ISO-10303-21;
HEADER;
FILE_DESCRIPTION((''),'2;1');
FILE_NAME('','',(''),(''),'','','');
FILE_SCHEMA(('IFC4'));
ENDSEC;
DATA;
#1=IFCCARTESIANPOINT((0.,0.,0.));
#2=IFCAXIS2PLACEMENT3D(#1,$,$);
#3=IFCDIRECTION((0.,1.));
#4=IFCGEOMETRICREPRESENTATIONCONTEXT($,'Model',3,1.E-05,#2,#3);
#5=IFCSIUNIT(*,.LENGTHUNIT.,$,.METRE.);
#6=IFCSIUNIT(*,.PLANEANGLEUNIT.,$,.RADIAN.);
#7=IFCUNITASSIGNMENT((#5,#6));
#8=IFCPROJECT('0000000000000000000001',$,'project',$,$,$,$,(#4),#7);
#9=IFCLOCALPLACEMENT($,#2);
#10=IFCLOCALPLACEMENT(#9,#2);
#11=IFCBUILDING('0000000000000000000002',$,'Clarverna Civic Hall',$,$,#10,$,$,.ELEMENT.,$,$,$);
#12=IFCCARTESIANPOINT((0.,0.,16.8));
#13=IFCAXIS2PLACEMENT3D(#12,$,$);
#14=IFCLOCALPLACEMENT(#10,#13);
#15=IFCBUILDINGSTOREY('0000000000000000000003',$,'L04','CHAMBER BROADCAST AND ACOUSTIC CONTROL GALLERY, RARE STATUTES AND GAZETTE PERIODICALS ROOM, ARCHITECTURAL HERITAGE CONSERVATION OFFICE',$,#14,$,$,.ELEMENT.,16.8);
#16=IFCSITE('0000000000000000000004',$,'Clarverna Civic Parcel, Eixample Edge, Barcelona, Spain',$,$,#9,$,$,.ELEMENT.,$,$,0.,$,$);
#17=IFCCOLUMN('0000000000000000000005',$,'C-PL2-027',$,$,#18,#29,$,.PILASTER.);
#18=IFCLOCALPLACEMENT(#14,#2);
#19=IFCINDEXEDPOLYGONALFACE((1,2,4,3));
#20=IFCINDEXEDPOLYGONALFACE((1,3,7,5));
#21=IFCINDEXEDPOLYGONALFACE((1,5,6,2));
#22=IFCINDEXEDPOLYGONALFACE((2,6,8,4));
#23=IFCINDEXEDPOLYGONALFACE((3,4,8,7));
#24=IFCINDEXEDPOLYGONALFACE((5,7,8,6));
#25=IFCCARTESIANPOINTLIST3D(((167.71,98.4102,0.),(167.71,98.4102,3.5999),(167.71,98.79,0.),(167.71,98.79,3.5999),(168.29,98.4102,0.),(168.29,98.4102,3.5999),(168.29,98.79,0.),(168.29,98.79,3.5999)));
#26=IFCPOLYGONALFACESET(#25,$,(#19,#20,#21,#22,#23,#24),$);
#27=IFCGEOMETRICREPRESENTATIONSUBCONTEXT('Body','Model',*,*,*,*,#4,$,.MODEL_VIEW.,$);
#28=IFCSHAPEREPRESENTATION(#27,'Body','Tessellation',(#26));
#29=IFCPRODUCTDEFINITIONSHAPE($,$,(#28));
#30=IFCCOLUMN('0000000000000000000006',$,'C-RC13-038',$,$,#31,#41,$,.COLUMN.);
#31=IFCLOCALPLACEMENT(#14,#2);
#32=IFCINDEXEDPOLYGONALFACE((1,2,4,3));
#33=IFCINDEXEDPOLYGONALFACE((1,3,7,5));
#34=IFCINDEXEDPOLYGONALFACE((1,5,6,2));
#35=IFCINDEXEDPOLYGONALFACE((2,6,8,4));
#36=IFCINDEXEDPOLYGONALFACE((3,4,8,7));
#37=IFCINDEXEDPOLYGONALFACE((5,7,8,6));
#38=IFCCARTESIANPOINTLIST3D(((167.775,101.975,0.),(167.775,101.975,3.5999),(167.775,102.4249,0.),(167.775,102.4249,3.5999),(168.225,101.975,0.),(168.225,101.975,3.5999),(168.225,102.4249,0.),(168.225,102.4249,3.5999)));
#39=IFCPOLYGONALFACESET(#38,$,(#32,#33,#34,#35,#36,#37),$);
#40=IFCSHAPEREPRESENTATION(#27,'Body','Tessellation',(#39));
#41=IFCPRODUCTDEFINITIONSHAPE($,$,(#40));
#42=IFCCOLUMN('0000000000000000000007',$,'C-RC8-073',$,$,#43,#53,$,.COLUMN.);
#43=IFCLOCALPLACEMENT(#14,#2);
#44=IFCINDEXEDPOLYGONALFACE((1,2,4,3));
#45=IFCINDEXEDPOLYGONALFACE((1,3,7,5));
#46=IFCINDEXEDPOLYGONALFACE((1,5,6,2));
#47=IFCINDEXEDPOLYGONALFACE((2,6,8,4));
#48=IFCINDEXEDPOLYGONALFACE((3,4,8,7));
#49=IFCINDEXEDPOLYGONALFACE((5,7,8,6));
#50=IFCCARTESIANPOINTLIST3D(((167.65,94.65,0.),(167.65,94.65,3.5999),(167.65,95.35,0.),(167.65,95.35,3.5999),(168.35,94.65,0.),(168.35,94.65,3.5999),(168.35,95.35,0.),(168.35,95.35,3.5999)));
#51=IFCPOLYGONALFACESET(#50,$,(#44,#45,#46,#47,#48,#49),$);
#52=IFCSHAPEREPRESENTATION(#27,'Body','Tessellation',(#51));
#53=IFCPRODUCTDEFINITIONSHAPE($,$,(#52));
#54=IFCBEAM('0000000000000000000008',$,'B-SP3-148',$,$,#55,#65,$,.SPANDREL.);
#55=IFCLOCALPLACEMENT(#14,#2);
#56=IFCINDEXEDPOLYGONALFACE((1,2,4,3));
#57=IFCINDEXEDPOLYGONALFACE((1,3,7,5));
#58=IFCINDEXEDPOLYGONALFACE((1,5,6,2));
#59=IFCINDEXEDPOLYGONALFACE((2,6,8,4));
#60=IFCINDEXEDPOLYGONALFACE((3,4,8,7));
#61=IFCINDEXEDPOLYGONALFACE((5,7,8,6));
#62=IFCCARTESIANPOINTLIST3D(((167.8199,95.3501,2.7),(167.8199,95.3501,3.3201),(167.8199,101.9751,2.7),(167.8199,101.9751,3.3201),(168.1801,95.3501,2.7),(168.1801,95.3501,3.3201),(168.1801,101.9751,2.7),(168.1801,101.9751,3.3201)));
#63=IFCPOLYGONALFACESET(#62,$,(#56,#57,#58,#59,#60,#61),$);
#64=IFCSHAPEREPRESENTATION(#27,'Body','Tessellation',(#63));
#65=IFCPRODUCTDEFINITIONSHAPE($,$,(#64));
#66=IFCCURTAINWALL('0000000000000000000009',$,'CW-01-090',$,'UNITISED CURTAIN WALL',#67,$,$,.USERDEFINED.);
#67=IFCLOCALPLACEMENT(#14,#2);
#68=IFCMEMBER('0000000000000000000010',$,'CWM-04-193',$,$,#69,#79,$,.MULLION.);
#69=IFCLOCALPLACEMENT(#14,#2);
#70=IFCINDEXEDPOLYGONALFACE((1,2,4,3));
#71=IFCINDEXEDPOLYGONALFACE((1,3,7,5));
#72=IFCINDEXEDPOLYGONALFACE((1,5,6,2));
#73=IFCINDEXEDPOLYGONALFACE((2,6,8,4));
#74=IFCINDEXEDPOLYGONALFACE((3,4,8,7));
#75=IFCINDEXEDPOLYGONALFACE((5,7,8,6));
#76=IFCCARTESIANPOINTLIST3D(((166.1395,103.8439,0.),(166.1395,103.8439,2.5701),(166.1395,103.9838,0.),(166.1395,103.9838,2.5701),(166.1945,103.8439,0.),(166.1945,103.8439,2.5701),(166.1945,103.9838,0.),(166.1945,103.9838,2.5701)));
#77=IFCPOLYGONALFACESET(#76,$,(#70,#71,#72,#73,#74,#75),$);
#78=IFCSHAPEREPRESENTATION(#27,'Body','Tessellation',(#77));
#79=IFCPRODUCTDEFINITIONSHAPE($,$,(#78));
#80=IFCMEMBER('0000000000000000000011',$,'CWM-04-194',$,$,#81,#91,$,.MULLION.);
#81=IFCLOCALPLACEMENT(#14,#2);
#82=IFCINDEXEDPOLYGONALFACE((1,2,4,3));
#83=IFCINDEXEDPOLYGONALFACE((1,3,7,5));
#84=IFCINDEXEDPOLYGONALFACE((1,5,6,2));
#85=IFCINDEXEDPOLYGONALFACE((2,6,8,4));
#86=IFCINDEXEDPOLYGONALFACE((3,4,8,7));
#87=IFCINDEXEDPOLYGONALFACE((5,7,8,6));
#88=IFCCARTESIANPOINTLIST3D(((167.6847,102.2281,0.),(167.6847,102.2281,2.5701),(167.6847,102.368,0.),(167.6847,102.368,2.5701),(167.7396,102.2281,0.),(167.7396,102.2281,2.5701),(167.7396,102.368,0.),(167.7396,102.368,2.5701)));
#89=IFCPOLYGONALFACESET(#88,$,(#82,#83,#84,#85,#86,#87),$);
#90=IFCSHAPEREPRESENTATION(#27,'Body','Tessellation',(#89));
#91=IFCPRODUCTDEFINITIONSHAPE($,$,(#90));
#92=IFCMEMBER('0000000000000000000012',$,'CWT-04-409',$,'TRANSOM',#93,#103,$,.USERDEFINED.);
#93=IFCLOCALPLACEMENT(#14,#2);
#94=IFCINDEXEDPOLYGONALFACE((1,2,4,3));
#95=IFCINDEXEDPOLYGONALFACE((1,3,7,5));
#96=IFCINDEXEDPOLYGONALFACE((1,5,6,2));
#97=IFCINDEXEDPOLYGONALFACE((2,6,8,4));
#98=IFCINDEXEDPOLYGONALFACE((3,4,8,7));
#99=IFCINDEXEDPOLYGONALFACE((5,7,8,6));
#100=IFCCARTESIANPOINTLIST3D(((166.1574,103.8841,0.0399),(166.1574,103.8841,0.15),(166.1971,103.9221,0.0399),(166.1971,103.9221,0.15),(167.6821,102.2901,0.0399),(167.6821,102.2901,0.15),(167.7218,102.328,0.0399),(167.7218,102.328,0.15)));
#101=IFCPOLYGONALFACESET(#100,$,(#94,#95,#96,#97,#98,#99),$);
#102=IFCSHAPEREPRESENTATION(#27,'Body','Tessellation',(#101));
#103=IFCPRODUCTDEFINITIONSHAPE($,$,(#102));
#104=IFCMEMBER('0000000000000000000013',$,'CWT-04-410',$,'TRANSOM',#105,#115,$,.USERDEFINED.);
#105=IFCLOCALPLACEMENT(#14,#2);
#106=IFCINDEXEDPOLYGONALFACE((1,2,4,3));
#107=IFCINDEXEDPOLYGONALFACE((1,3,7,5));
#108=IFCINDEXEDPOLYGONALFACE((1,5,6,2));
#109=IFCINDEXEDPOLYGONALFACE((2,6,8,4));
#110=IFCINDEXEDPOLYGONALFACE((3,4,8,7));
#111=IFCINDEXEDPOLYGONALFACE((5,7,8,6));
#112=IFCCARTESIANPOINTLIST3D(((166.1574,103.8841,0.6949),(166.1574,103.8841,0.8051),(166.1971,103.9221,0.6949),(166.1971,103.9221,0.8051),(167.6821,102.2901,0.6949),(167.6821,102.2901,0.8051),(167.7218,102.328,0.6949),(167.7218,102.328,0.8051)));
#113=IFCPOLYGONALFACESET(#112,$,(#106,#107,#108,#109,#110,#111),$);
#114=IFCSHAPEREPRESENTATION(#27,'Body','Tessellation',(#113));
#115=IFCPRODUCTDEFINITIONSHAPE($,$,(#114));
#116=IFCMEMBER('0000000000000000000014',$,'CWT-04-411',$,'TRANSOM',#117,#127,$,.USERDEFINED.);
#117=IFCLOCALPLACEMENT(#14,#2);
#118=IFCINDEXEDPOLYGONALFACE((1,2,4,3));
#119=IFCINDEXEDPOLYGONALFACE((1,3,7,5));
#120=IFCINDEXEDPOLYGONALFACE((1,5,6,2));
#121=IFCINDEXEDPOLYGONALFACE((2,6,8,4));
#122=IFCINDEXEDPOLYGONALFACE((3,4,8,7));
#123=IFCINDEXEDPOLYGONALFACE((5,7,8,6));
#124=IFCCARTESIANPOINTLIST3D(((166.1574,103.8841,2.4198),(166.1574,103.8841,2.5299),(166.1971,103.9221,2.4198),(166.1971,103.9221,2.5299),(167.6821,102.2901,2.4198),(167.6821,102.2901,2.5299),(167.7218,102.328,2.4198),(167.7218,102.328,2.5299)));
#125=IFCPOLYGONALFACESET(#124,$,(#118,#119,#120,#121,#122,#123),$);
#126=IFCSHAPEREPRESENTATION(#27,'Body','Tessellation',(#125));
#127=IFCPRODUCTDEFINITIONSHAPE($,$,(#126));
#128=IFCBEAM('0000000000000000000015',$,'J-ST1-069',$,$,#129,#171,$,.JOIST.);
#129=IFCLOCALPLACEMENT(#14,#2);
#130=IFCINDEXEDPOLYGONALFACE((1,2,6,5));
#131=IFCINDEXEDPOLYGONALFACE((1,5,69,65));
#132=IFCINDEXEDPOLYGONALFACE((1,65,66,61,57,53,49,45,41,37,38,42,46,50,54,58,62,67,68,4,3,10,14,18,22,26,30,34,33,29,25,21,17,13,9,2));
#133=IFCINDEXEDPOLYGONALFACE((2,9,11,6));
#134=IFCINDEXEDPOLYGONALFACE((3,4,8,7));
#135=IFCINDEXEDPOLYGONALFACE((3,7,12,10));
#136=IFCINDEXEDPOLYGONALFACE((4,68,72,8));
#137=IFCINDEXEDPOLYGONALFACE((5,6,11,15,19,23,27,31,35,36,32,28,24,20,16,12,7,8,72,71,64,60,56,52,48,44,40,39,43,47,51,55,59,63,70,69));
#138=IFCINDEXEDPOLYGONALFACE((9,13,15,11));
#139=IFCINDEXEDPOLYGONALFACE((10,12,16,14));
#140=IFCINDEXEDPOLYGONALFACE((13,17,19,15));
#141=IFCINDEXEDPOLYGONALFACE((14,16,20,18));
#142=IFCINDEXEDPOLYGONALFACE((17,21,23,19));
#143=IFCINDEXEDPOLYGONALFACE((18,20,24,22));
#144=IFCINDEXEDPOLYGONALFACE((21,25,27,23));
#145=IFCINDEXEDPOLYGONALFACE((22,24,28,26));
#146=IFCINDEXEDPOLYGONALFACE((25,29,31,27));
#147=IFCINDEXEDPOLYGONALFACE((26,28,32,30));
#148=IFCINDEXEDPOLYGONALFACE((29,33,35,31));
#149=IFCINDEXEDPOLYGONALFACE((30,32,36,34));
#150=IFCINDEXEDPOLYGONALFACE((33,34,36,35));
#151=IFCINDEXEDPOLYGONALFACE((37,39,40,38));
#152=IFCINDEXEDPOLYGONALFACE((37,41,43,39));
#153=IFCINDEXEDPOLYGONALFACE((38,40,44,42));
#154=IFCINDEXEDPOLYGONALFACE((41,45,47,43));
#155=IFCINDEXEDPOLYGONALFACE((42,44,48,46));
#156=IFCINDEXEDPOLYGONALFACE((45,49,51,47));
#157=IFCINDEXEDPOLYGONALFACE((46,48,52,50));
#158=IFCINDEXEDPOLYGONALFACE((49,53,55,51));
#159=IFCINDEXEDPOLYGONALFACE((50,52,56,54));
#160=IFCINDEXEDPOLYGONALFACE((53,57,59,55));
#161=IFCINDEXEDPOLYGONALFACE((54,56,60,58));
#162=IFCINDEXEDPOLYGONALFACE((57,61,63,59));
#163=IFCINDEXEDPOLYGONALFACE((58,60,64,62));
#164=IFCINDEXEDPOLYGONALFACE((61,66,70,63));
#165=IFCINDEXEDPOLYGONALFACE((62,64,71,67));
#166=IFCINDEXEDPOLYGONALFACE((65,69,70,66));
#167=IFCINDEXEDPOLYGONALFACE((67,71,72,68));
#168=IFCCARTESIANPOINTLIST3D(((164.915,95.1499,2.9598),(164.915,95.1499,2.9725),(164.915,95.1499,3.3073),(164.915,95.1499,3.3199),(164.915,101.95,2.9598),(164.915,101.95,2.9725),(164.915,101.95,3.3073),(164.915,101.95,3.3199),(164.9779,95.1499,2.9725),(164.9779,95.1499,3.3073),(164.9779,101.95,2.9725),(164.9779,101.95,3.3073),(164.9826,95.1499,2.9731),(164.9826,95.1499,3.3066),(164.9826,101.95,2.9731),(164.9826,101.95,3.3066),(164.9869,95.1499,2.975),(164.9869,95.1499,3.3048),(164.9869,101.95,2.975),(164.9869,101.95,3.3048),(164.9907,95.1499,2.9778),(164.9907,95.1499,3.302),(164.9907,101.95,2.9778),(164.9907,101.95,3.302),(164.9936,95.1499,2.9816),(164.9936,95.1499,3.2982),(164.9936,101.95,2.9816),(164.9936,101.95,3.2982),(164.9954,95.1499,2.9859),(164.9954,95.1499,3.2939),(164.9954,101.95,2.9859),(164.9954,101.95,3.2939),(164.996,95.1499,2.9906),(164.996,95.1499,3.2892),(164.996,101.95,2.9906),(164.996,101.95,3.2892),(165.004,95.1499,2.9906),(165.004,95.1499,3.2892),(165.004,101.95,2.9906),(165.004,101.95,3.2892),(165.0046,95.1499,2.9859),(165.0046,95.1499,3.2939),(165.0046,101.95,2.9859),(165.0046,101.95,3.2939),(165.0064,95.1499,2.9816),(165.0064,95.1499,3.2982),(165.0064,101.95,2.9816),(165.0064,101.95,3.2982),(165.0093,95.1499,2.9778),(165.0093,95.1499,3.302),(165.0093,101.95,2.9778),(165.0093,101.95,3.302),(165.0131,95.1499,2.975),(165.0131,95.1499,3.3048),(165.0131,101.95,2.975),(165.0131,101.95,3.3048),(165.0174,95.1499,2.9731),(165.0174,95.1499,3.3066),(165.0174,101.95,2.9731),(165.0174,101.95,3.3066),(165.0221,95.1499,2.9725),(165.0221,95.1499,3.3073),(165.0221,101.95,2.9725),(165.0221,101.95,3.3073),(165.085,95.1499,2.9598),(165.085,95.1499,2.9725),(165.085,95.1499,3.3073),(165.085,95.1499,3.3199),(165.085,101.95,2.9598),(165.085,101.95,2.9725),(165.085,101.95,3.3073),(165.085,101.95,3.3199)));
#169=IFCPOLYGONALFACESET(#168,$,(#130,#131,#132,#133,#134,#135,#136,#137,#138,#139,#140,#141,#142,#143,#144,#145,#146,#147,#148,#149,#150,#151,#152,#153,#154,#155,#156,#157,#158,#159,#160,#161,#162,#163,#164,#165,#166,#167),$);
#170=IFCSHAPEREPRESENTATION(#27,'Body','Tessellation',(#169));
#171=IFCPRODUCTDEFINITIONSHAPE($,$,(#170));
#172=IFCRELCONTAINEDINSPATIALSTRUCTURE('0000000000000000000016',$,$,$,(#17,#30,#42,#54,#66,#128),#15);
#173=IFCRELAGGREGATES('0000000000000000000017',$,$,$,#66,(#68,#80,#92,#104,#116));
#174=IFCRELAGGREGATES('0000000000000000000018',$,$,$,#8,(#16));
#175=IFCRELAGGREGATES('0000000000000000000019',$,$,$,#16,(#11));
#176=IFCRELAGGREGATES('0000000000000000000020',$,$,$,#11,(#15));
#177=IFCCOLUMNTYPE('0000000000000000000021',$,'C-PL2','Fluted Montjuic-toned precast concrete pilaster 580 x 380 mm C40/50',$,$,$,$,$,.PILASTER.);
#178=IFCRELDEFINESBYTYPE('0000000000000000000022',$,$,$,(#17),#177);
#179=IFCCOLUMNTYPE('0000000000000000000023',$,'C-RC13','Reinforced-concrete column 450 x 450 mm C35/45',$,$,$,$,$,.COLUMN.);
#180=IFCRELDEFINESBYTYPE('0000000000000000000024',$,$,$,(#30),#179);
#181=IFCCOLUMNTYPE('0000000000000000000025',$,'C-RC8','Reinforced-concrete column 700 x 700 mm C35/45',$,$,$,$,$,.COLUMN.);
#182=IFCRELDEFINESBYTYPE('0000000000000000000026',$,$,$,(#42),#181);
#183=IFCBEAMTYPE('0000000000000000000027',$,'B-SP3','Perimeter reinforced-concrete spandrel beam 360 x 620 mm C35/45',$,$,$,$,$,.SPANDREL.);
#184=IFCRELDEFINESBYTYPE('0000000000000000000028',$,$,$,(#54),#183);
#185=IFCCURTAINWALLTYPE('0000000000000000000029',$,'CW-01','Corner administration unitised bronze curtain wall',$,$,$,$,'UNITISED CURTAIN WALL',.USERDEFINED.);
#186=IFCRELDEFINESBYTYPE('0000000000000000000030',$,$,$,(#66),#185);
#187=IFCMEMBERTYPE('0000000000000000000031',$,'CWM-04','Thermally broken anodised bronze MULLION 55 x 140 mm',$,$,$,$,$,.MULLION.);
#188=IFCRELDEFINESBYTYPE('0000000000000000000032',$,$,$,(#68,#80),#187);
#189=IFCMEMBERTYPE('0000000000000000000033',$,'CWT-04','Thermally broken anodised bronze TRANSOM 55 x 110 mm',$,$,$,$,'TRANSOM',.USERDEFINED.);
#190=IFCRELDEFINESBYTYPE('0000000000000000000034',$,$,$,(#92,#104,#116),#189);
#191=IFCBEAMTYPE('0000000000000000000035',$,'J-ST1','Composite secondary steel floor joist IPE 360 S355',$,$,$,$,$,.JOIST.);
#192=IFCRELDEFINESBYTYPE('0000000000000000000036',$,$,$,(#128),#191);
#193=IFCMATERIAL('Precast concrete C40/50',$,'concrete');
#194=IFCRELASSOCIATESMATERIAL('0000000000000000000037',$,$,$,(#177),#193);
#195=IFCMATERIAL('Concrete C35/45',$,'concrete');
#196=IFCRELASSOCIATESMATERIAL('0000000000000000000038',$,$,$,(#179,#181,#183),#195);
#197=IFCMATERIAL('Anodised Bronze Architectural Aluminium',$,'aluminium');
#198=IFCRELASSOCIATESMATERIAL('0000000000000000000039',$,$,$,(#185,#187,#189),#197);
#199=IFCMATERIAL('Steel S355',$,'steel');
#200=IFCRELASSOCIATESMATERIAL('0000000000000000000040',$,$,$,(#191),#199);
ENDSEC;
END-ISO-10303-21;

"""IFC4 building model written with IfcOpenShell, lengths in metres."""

from ifc_helpers import new_model, si_unit, direction, frame, origin, origin_2d, place, context, subcontext, project, spatial, rectangle, i_section, extrude, material, material_profile, profile_set, type_object, element, aggregate, save


model = new_model("IFC4")

# Units and contexts
model_context = context("Model", 3, precision=1e-05, world=origin(), true_north=direction((0.0, 1.0)))
body_context = subcontext(model_context, "Body", "Model", "MODEL_VIEW")
ifc_project = project(units=[si_unit("LENGTHUNIT", "METRE"), si_unit("PLANEANGLEUNIT", "RADIAN")], contexts=[model_context])

# Site, building, storey
site_placement = place(None, origin())
site = spatial("IfcSite", under=ifc_project, at=site_placement, Name="Clarverna Civic Parcel, Eixample Edge, Barcelona, Spain", CompositionType="ELEMENT", RefElevation=0.0)
building_placement = place(site_placement, origin())
building = spatial("IfcBuilding", under=site, at=building_placement, Name="Clarverna Civic Hall", CompositionType="ELEMENT")
storey_placement = place(building_placement, frame((0.0, 0.0, 16.8)))
storey = spatial("IfcBuildingStorey", under=building, at=storey_placement, Name="L04", Description="CHAMBER BROADCAST AND ACOUSTIC CONTROL GALLERY, RARE STATUTES AND GAZETTE PERIODICALS ROOM, ARCHITECTURAL HERITAGE CONSERVATION OFFICE", CompositionType="ELEMENT", Elevation=16.8)

# Columns
ifc_material_1 = material(Name="Precast concrete C40/50", Category="concrete")
ifc_material_profile_1 = material_profile(ifc_material_1, rectangle(XDim=0.5801, YDim=0.3799, at=origin_2d()), Name="PILASTER 580x380")
ifc_profile_set_1 = profile_set([ifc_material_profile_1], Name="Precast concrete C40/50")
column_type_1 = type_object("IfcColumnType", Name="C-PL2", Description="Fluted Montjuic-toned precast concrete pilaster 580 x 380 mm C40/50", PredefinedType="PILASTER", material=ifc_profile_set_1)
column_1_placement = place(storey_placement, frame((168.0, 98.6001, 0.0), z_axis=(0.0, 0.0, 1.0), x_axis=(1.0, 0.0, 0.0)))
element("IfcColumn", 1, at=column_1_placement, inside=storey, type_object=column_type_1, Name="C-PL2-027", PredefinedType="PILASTER", context=body_context, shape_type="SweptSolid", body=[
    extrude(rectangle(XDim=0.5801, YDim=0.3799, at=origin_2d()), origin(), (0.0, 0.0, 1.0), 3.5999),
])
ifc_material_2 = material(Name="Concrete C35/45", Category="concrete")
ifc_material_profile_2 = material_profile(ifc_material_2, rectangle(XDim=0.45, YDim=0.45, at=origin_2d()), Name="RC 450x450")
ifc_profile_set_2 = profile_set([ifc_material_profile_2], Name="Concrete C35/45")
column_type_2 = type_object("IfcColumnType", Name="C-RC13", Description="Reinforced-concrete column 450 x 450 mm C35/45", PredefinedType="COLUMN", material=ifc_profile_set_2)
column_2_placement = place(storey_placement, frame((168.0, 102.2, 0.0), z_axis=(0.0, 0.0, 1.0), x_axis=(1.0, 0.0, 0.0)))
element("IfcColumn", 2, at=column_2_placement, inside=storey, type_object=column_type_2, Name="C-RC13-038", PredefinedType="COLUMN", context=body_context, shape_type="SweptSolid", body=[
    extrude(rectangle(XDim=0.45, YDim=0.45, at=origin_2d()), origin(), (0.0, 0.0, 1.0), 3.5999),
])
ifc_material_profile_3 = material_profile(ifc_material_2, rectangle(XDim=0.7, YDim=0.7, at=origin_2d()), Name="RC 700x700")
ifc_profile_set_3 = profile_set([ifc_material_profile_3], Name="Concrete C35/45")
column_type_3 = type_object("IfcColumnType", Name="C-RC8", Description="Reinforced-concrete column 700 x 700 mm C35/45", PredefinedType="COLUMN", material=ifc_profile_set_3)
column_3_placement = place(storey_placement, frame((168.0, 95.0, 0.0), z_axis=(0.0, 0.0, 1.0), x_axis=(1.0, 0.0, 0.0)))
element("IfcColumn", 3, at=column_3_placement, inside=storey, type_object=column_type_3, Name="C-RC8-073", PredefinedType="COLUMN", context=body_context, shape_type="SweptSolid", body=[
    extrude(rectangle(XDim=0.7, YDim=0.7, at=origin_2d()), origin(), (0.0, 0.0, 1.0), 3.5999),
])

# Beam
ifc_material_profile_4 = material_profile(ifc_material_2, rectangle(XDim=0.3601, YDim=0.6201, at=origin_2d()), Name="RC 360x620")
ifc_profile_set_4 = profile_set([ifc_material_profile_4], Name="Concrete C35/45")
beam_type_1 = type_object("IfcBeamType", Name="B-SP3", Description="Perimeter reinforced-concrete spandrel beam 360 x 620 mm C35/45", PredefinedType="SPANDREL", material=ifc_profile_set_4)
beam_1_placement = place(storey_placement, frame((168.0, 95.3501, 3.01), z_axis=(0.0, 1.0, 0.0), x_axis=(-1.0, 0.0, 0.0)))
element("IfcBeam", 4, at=beam_1_placement, inside=storey, type_object=beam_type_1, Name="B-SP3-148", PredefinedType="SPANDREL", context=body_context, shape_type="SweptSolid", body=[
    extrude(rectangle(XDim=0.3601, YDim=0.6201, at=origin_2d()), origin(), (0.0, 0.0, 1.0), 6.625),
])

# Curtain wall, members
ifc_material_3 = material(Name="Anodised Bronze Architectural Aluminium", Category="aluminium")
curtain_wall_type = type_object("IfcCurtainWallType", Name="CW-01", Description="Corner administration unitised bronze curtain wall", ElementType="UNITISED CURTAIN WALL", PredefinedType="USERDEFINED", material=ifc_material_3)
curtain_wall_placement = place(storey_placement, origin())
curtain_wall = element("IfcCurtainWall", 5, at=curtain_wall_placement, inside=storey, type_object=curtain_wall_type, Name="CW-01-090", ObjectType="UNITISED CURTAIN WALL", PredefinedType="USERDEFINED")
ifc_material_profile_5 = material_profile(ifc_material_3, rectangle(XDim=0.0549, YDim=0.1399, at=origin_2d()), Name="BRONZE 55x140")
ifc_profile_set_5 = profile_set([ifc_material_profile_5], Name="Anodised Bronze Architectural Aluminium")
member_type_1 = type_object("IfcMemberType", Name="CWM-04", Description="Thermally broken anodised bronze MULLION 55 x 140 mm", PredefinedType="MULLION", material=ifc_profile_set_5)
member_1_placement = place(storey_placement, frame((166.167, 103.9138, 0.0), z_axis=(0.0, 0.0, 1.0), x_axis=(1.0, 0.0, 0.0)))
member_1 = element("IfcMember", 6, at=member_1_placement, type_object=member_type_1, Name="CWM-04-193", PredefinedType="MULLION", context=body_context, shape_type="SweptSolid", body=[
    extrude(rectangle(XDim=0.0549, YDim=0.1399, at=origin_2d()), origin(), (0.0, 0.0, 1.0), 2.5701),
])
member_2_placement = place(storey_placement, frame((167.7122, 102.2981, 0.0), z_axis=(0.0, 0.0, 1.0), x_axis=(1.0, 0.0, 0.0)))
member_2 = element("IfcMember", 7, at=member_2_placement, type_object=member_type_1, Name="CWM-04-194", PredefinedType="MULLION", context=body_context, shape_type="SweptSolid", body=[
    extrude(rectangle(XDim=0.0549, YDim=0.1399, at=origin_2d()), origin(), (0.0, 0.0, 1.0), 2.5701),
])
ifc_material_profile_6 = material_profile(ifc_material_3, rectangle(XDim=0.0549, YDim=0.1101, at=origin_2d()), Name="BRONZE 55x110")
ifc_profile_set_6 = profile_set([ifc_material_profile_6], Name="Anodised Bronze Architectural Aluminium")
member_type_2 = type_object("IfcMemberType", Name="CWT-04", Description="Thermally broken anodised bronze TRANSOM 55 x 110 mm", ElementType="TRANSOM", PredefinedType="USERDEFINED", material=ifc_profile_set_6)
member_3_placement = place(storey_placement, frame((166.1772, 103.9031, 0.095), z_axis=(0.691215, -0.722649, 0.0), x_axis=(0.722649, 0.691215, 0.0)))
member_3 = element("IfcMember", 8, at=member_3_placement, type_object=member_type_2, Name="CWT-04-409", ObjectType="TRANSOM", PredefinedType="USERDEFINED", context=body_context, shape_type="SweptSolid", body=[
    extrude(rectangle(XDim=0.0549, YDim=0.1101, at=origin_2d()), origin(), (0.0, 0.0, 1.0), 2.2058),
])
member_4_placement = place(storey_placement, frame((166.1772, 103.9031, 0.75), z_axis=(0.691215, -0.722649, 0.0), x_axis=(0.722649, 0.691215, 0.0)))
member_4 = element("IfcMember", 9, at=member_4_placement, type_object=member_type_2, Name="CWT-04-410", ObjectType="TRANSOM", PredefinedType="USERDEFINED", context=body_context, shape_type="SweptSolid", body=[
    extrude(rectangle(XDim=0.0549, YDim=0.1101, at=origin_2d()), origin(), (0.0, 0.0, 1.0), 2.2058),
])
member_5_placement = place(storey_placement, frame((166.1772, 103.9031, 2.4749), z_axis=(0.691215, -0.722649, 0.0), x_axis=(0.722649, 0.691215, 0.0)))
member_5 = element("IfcMember", 10, at=member_5_placement, type_object=member_type_2, Name="CWT-04-411", ObjectType="TRANSOM", PredefinedType="USERDEFINED", context=body_context, shape_type="SweptSolid", body=[
    extrude(rectangle(XDim=0.0549, YDim=0.1101, at=origin_2d()), origin(), (0.0, 0.0, 1.0), 2.2058),
])

# Beam
ifc_material_4 = material(Name="Steel S355", Category="steel")
ifc_material_profile_7 = material_profile(ifc_material_4, i_section(OverallWidth=0.1699, OverallDepth=0.3601, WebThickness=0.0081, FlangeThickness=0.0127, FilletRadius=0.0181, at=origin_2d()), Name="IPE 360")
ifc_profile_set_7 = profile_set([ifc_material_profile_7], Name="Steel S355")
beam_type_2 = type_object("IfcBeamType", Name="J-ST1", Description="Composite secondary steel floor joist IPE 360 S355", PredefinedType="JOIST", material=ifc_profile_set_7)
beam_2_placement = place(storey_placement, frame((165.0, 95.1499, 3.1399), z_axis=(0.0, 1.0, 0.0), x_axis=(-1.0, 0.0, 0.0)))
element("IfcBeam", 11, at=beam_2_placement, inside=storey, type_object=beam_type_2, Name="J-ST1-069", PredefinedType="JOIST", context=body_context, shape_type="SweptSolid", body=[
    extrude(i_section(OverallWidth=0.1699, OverallDepth=0.3601, WebThickness=0.0081, FlangeThickness=0.0127, FilletRadius=0.0181, at=origin_2d()), origin(), (0.0, 0.0, 1.0), 6.8),
])

aggregate(curtain_wall, [member_1, member_2, member_3, member_4, member_5])

save(model, "model.ifc")
